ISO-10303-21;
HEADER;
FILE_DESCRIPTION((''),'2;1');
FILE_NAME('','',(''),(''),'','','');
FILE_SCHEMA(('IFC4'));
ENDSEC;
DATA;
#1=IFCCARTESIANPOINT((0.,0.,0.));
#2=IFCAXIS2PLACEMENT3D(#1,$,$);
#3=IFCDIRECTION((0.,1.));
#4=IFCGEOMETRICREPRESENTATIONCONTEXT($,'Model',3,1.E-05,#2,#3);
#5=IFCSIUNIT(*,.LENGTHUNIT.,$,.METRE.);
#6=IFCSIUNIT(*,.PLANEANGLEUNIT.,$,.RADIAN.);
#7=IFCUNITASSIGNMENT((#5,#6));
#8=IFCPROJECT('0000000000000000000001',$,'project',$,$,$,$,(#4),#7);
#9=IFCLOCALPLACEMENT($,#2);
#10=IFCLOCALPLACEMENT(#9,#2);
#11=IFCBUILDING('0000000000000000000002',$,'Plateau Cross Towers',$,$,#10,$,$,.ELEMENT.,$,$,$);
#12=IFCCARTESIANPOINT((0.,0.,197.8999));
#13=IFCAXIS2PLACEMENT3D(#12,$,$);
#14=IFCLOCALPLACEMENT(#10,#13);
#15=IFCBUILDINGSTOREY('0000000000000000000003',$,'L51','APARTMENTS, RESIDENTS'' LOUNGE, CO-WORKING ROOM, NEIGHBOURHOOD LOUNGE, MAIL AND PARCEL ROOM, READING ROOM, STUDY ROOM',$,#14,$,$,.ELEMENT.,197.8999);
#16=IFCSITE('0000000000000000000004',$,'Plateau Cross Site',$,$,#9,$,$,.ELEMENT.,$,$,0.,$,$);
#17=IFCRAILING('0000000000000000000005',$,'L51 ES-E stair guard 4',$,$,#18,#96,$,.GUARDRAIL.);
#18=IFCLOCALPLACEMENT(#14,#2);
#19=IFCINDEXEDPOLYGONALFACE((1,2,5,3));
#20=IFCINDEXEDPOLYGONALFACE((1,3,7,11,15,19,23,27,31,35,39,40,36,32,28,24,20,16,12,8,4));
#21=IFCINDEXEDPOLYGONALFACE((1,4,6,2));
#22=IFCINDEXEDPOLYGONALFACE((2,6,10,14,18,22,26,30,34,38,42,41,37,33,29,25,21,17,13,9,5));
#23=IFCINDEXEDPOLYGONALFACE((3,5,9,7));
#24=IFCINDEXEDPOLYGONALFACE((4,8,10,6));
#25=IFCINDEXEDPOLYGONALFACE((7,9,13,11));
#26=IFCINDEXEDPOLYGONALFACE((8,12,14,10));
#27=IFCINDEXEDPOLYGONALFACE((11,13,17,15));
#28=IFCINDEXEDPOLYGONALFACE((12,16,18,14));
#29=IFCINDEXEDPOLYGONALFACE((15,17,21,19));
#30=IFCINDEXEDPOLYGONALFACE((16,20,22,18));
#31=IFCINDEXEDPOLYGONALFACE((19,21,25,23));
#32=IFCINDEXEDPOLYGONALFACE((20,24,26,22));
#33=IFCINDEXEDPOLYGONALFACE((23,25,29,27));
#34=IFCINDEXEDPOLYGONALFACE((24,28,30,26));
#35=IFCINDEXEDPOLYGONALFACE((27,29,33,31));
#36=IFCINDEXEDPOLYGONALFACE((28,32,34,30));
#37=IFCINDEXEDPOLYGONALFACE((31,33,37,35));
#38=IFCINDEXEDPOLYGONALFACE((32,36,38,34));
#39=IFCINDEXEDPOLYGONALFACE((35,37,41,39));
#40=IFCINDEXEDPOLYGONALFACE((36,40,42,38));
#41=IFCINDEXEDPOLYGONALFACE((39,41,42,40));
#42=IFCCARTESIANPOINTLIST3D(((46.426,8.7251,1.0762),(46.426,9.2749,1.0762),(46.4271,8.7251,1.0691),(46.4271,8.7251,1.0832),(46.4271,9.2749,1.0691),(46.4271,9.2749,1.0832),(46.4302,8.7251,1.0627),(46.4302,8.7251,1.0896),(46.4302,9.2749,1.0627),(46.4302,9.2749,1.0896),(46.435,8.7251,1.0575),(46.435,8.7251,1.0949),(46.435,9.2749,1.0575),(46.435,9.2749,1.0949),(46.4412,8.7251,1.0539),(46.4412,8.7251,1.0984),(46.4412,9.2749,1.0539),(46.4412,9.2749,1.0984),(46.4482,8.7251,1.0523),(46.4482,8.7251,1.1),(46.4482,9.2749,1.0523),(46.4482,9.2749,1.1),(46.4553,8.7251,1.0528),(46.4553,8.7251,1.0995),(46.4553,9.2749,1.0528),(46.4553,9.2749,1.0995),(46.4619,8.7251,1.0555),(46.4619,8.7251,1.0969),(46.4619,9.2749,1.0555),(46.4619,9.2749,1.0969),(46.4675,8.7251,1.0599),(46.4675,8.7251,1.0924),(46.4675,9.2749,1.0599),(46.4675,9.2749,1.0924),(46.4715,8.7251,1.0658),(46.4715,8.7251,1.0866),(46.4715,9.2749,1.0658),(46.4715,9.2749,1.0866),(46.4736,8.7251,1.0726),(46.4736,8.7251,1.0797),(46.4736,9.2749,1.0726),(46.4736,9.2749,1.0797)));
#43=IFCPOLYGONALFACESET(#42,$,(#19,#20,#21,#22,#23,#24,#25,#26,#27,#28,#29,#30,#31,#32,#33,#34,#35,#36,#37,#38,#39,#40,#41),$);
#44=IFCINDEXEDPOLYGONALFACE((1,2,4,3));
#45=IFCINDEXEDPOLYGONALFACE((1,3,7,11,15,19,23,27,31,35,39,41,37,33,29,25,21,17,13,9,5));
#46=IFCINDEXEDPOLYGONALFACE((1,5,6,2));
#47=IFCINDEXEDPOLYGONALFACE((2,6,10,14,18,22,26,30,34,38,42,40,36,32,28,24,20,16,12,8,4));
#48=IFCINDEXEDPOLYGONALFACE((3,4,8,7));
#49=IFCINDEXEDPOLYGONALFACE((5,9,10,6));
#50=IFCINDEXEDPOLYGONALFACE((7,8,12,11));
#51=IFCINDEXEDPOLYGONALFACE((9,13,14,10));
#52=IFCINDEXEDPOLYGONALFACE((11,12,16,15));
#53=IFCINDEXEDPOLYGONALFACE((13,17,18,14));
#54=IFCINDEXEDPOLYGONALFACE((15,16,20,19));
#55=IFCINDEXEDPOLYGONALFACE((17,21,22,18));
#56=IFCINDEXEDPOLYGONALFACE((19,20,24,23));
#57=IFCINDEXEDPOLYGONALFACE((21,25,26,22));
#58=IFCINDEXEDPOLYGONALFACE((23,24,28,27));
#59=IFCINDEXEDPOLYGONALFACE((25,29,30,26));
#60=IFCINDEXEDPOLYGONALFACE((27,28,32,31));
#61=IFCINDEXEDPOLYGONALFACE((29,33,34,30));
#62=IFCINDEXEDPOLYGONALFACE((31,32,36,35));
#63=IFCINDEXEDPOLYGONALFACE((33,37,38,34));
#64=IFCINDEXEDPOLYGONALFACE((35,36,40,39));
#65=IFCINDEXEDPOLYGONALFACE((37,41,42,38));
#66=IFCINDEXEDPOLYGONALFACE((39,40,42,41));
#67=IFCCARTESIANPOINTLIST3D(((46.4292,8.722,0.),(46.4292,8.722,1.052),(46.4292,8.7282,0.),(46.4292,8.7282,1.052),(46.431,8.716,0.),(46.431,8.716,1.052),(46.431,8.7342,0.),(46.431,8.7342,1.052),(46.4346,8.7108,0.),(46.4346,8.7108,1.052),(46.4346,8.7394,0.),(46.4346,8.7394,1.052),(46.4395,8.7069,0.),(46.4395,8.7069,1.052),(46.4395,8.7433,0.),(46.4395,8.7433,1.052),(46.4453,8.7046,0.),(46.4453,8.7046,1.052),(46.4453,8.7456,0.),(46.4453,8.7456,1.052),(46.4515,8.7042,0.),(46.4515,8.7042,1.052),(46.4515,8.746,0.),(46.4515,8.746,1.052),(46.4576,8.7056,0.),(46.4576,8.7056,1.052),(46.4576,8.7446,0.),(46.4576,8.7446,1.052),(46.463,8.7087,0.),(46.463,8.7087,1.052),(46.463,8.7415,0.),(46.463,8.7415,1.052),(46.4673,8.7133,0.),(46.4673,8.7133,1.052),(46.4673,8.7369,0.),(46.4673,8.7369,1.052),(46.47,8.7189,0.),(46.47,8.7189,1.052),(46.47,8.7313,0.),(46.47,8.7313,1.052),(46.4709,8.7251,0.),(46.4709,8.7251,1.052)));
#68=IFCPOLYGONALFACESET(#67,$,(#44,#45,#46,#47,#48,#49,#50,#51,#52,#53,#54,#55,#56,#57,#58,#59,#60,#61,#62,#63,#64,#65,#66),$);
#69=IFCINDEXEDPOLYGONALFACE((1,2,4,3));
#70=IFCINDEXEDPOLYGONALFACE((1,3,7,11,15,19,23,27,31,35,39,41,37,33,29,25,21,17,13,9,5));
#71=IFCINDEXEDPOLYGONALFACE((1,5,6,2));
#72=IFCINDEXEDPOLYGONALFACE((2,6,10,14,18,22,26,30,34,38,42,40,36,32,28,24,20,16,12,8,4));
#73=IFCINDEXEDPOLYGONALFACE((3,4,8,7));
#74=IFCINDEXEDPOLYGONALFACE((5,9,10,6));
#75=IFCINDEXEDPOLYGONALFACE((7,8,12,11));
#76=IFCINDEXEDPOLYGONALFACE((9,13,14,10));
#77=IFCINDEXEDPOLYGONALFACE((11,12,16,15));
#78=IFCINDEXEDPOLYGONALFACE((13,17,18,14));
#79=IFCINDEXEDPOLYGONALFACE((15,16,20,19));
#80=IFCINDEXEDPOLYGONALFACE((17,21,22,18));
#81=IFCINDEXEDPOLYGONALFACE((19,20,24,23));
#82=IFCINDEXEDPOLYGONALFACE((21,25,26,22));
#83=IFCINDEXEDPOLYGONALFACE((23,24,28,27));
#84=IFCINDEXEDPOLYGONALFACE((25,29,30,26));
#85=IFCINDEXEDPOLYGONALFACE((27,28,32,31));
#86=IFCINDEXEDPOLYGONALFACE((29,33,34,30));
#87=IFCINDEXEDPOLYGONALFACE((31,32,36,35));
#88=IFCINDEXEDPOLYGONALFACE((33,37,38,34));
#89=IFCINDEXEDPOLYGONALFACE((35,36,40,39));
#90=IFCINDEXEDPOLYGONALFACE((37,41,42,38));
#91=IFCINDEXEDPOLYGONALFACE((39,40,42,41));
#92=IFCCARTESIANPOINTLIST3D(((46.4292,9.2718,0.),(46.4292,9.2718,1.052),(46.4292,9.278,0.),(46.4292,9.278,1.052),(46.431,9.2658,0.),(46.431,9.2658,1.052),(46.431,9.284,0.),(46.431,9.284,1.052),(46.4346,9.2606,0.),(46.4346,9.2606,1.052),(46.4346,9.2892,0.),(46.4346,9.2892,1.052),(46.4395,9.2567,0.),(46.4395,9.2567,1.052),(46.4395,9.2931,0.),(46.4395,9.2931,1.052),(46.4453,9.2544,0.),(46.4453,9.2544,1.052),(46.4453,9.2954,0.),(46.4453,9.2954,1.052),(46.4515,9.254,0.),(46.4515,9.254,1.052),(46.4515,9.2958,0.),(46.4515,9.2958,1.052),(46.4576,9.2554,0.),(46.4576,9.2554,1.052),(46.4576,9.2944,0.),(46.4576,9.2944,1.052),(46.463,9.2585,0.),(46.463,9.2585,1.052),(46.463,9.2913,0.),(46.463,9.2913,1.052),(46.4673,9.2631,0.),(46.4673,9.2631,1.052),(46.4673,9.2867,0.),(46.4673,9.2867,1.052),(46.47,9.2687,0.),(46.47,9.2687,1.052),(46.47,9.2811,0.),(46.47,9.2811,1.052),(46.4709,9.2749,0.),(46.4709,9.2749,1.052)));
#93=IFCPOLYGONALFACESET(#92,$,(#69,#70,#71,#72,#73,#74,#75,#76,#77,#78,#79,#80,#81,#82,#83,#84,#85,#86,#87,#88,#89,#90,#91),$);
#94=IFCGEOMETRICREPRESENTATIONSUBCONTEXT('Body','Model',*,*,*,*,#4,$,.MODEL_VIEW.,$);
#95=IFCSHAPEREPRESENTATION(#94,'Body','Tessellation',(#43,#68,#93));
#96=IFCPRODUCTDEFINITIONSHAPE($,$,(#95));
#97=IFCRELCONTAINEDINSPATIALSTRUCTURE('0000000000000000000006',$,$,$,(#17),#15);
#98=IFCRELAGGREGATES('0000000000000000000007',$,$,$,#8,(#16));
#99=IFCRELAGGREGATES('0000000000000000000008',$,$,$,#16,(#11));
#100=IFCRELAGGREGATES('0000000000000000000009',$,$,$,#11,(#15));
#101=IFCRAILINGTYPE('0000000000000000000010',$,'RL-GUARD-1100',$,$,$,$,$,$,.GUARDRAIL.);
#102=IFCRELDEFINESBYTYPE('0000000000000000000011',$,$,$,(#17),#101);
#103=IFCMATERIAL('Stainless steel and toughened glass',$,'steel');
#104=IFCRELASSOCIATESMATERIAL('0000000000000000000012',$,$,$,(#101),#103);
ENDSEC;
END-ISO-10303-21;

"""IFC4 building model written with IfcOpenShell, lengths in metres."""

from ifc_helpers import new_model, si_unit, direction, frame, origin, origin_2d, place, context, subcontext, project, spatial, circle, extrude, material, type_object, element, save


model = new_model("IFC4")

# Units and contexts
model_context = context("Model", 3, precision=1e-05, world=origin(), true_north=direction((0.0, 1.0)))
body_context = subcontext(model_context, "Body", "Model", "MODEL_VIEW")
ifc_project = project(units=[si_unit("LENGTHUNIT", "METRE"), si_unit("PLANEANGLEUNIT", "RADIAN")], contexts=[model_context])

# Site, building, storey
site_placement = place(None, origin())
site = spatial("IfcSite", under=ifc_project, at=site_placement, Name="Plateau Cross Site", CompositionType="ELEMENT", RefElevation=0.0)
building_placement = place(site_placement, origin())
building = spatial("IfcBuilding", under=site, at=building_placement, Name="Plateau Cross Towers", CompositionType="ELEMENT")
storey_placement = place(building_placement, frame((0.0, 0.0, 197.8999)))
storey = spatial("IfcBuildingStorey", under=building, at=storey_placement, Name="L51", Description="APARTMENTS, RESIDENTS' LOUNGE, CO-WORKING ROOM, NEIGHBOURHOOD LOUNGE, MAIL AND PARCEL ROOM, READING ROOM, STUDY ROOM", CompositionType="ELEMENT", Elevation=197.8999)

# Railing
ifc_material_1 = material(Name="Stainless steel and toughened glass", Category="steel")
railing_type_1 = type_object("IfcRailingType", Name="RL-GUARD-1100", PredefinedType="GUARDRAIL", material=ifc_material_1)
railing_1_placement = place(storey_placement, frame((46.45, 8.7251, 0.0)))
element("IfcRailing", 1, at=railing_1_placement, inside=storey, type_object=railing_type_1, Name="L51 ES-E stair guard 4", PredefinedType="GUARDRAIL", context=body_context, shape_type="SweptSolid", body=[
    extrude(circle(Radius=0.0239, at=origin_2d()), frame((0.0, 0.0, 1.0762), z_axis=(0.0, 1.0, 0.0), x_axis=(-1.0, 0.0, 0.0)), (0.0, 0.0, 1.0), 0.5498),
    extrude(circle(Radius=0.021, at=origin_2d()), origin(), (0.0, 0.0, 1.0), 1.052),
    extrude(circle(Radius=0.021, at=origin_2d()), frame((0.0, 0.5498, 0.0)), (0.0, 0.0, 1.0), 1.052),
])

save(model, "model.ifc")
